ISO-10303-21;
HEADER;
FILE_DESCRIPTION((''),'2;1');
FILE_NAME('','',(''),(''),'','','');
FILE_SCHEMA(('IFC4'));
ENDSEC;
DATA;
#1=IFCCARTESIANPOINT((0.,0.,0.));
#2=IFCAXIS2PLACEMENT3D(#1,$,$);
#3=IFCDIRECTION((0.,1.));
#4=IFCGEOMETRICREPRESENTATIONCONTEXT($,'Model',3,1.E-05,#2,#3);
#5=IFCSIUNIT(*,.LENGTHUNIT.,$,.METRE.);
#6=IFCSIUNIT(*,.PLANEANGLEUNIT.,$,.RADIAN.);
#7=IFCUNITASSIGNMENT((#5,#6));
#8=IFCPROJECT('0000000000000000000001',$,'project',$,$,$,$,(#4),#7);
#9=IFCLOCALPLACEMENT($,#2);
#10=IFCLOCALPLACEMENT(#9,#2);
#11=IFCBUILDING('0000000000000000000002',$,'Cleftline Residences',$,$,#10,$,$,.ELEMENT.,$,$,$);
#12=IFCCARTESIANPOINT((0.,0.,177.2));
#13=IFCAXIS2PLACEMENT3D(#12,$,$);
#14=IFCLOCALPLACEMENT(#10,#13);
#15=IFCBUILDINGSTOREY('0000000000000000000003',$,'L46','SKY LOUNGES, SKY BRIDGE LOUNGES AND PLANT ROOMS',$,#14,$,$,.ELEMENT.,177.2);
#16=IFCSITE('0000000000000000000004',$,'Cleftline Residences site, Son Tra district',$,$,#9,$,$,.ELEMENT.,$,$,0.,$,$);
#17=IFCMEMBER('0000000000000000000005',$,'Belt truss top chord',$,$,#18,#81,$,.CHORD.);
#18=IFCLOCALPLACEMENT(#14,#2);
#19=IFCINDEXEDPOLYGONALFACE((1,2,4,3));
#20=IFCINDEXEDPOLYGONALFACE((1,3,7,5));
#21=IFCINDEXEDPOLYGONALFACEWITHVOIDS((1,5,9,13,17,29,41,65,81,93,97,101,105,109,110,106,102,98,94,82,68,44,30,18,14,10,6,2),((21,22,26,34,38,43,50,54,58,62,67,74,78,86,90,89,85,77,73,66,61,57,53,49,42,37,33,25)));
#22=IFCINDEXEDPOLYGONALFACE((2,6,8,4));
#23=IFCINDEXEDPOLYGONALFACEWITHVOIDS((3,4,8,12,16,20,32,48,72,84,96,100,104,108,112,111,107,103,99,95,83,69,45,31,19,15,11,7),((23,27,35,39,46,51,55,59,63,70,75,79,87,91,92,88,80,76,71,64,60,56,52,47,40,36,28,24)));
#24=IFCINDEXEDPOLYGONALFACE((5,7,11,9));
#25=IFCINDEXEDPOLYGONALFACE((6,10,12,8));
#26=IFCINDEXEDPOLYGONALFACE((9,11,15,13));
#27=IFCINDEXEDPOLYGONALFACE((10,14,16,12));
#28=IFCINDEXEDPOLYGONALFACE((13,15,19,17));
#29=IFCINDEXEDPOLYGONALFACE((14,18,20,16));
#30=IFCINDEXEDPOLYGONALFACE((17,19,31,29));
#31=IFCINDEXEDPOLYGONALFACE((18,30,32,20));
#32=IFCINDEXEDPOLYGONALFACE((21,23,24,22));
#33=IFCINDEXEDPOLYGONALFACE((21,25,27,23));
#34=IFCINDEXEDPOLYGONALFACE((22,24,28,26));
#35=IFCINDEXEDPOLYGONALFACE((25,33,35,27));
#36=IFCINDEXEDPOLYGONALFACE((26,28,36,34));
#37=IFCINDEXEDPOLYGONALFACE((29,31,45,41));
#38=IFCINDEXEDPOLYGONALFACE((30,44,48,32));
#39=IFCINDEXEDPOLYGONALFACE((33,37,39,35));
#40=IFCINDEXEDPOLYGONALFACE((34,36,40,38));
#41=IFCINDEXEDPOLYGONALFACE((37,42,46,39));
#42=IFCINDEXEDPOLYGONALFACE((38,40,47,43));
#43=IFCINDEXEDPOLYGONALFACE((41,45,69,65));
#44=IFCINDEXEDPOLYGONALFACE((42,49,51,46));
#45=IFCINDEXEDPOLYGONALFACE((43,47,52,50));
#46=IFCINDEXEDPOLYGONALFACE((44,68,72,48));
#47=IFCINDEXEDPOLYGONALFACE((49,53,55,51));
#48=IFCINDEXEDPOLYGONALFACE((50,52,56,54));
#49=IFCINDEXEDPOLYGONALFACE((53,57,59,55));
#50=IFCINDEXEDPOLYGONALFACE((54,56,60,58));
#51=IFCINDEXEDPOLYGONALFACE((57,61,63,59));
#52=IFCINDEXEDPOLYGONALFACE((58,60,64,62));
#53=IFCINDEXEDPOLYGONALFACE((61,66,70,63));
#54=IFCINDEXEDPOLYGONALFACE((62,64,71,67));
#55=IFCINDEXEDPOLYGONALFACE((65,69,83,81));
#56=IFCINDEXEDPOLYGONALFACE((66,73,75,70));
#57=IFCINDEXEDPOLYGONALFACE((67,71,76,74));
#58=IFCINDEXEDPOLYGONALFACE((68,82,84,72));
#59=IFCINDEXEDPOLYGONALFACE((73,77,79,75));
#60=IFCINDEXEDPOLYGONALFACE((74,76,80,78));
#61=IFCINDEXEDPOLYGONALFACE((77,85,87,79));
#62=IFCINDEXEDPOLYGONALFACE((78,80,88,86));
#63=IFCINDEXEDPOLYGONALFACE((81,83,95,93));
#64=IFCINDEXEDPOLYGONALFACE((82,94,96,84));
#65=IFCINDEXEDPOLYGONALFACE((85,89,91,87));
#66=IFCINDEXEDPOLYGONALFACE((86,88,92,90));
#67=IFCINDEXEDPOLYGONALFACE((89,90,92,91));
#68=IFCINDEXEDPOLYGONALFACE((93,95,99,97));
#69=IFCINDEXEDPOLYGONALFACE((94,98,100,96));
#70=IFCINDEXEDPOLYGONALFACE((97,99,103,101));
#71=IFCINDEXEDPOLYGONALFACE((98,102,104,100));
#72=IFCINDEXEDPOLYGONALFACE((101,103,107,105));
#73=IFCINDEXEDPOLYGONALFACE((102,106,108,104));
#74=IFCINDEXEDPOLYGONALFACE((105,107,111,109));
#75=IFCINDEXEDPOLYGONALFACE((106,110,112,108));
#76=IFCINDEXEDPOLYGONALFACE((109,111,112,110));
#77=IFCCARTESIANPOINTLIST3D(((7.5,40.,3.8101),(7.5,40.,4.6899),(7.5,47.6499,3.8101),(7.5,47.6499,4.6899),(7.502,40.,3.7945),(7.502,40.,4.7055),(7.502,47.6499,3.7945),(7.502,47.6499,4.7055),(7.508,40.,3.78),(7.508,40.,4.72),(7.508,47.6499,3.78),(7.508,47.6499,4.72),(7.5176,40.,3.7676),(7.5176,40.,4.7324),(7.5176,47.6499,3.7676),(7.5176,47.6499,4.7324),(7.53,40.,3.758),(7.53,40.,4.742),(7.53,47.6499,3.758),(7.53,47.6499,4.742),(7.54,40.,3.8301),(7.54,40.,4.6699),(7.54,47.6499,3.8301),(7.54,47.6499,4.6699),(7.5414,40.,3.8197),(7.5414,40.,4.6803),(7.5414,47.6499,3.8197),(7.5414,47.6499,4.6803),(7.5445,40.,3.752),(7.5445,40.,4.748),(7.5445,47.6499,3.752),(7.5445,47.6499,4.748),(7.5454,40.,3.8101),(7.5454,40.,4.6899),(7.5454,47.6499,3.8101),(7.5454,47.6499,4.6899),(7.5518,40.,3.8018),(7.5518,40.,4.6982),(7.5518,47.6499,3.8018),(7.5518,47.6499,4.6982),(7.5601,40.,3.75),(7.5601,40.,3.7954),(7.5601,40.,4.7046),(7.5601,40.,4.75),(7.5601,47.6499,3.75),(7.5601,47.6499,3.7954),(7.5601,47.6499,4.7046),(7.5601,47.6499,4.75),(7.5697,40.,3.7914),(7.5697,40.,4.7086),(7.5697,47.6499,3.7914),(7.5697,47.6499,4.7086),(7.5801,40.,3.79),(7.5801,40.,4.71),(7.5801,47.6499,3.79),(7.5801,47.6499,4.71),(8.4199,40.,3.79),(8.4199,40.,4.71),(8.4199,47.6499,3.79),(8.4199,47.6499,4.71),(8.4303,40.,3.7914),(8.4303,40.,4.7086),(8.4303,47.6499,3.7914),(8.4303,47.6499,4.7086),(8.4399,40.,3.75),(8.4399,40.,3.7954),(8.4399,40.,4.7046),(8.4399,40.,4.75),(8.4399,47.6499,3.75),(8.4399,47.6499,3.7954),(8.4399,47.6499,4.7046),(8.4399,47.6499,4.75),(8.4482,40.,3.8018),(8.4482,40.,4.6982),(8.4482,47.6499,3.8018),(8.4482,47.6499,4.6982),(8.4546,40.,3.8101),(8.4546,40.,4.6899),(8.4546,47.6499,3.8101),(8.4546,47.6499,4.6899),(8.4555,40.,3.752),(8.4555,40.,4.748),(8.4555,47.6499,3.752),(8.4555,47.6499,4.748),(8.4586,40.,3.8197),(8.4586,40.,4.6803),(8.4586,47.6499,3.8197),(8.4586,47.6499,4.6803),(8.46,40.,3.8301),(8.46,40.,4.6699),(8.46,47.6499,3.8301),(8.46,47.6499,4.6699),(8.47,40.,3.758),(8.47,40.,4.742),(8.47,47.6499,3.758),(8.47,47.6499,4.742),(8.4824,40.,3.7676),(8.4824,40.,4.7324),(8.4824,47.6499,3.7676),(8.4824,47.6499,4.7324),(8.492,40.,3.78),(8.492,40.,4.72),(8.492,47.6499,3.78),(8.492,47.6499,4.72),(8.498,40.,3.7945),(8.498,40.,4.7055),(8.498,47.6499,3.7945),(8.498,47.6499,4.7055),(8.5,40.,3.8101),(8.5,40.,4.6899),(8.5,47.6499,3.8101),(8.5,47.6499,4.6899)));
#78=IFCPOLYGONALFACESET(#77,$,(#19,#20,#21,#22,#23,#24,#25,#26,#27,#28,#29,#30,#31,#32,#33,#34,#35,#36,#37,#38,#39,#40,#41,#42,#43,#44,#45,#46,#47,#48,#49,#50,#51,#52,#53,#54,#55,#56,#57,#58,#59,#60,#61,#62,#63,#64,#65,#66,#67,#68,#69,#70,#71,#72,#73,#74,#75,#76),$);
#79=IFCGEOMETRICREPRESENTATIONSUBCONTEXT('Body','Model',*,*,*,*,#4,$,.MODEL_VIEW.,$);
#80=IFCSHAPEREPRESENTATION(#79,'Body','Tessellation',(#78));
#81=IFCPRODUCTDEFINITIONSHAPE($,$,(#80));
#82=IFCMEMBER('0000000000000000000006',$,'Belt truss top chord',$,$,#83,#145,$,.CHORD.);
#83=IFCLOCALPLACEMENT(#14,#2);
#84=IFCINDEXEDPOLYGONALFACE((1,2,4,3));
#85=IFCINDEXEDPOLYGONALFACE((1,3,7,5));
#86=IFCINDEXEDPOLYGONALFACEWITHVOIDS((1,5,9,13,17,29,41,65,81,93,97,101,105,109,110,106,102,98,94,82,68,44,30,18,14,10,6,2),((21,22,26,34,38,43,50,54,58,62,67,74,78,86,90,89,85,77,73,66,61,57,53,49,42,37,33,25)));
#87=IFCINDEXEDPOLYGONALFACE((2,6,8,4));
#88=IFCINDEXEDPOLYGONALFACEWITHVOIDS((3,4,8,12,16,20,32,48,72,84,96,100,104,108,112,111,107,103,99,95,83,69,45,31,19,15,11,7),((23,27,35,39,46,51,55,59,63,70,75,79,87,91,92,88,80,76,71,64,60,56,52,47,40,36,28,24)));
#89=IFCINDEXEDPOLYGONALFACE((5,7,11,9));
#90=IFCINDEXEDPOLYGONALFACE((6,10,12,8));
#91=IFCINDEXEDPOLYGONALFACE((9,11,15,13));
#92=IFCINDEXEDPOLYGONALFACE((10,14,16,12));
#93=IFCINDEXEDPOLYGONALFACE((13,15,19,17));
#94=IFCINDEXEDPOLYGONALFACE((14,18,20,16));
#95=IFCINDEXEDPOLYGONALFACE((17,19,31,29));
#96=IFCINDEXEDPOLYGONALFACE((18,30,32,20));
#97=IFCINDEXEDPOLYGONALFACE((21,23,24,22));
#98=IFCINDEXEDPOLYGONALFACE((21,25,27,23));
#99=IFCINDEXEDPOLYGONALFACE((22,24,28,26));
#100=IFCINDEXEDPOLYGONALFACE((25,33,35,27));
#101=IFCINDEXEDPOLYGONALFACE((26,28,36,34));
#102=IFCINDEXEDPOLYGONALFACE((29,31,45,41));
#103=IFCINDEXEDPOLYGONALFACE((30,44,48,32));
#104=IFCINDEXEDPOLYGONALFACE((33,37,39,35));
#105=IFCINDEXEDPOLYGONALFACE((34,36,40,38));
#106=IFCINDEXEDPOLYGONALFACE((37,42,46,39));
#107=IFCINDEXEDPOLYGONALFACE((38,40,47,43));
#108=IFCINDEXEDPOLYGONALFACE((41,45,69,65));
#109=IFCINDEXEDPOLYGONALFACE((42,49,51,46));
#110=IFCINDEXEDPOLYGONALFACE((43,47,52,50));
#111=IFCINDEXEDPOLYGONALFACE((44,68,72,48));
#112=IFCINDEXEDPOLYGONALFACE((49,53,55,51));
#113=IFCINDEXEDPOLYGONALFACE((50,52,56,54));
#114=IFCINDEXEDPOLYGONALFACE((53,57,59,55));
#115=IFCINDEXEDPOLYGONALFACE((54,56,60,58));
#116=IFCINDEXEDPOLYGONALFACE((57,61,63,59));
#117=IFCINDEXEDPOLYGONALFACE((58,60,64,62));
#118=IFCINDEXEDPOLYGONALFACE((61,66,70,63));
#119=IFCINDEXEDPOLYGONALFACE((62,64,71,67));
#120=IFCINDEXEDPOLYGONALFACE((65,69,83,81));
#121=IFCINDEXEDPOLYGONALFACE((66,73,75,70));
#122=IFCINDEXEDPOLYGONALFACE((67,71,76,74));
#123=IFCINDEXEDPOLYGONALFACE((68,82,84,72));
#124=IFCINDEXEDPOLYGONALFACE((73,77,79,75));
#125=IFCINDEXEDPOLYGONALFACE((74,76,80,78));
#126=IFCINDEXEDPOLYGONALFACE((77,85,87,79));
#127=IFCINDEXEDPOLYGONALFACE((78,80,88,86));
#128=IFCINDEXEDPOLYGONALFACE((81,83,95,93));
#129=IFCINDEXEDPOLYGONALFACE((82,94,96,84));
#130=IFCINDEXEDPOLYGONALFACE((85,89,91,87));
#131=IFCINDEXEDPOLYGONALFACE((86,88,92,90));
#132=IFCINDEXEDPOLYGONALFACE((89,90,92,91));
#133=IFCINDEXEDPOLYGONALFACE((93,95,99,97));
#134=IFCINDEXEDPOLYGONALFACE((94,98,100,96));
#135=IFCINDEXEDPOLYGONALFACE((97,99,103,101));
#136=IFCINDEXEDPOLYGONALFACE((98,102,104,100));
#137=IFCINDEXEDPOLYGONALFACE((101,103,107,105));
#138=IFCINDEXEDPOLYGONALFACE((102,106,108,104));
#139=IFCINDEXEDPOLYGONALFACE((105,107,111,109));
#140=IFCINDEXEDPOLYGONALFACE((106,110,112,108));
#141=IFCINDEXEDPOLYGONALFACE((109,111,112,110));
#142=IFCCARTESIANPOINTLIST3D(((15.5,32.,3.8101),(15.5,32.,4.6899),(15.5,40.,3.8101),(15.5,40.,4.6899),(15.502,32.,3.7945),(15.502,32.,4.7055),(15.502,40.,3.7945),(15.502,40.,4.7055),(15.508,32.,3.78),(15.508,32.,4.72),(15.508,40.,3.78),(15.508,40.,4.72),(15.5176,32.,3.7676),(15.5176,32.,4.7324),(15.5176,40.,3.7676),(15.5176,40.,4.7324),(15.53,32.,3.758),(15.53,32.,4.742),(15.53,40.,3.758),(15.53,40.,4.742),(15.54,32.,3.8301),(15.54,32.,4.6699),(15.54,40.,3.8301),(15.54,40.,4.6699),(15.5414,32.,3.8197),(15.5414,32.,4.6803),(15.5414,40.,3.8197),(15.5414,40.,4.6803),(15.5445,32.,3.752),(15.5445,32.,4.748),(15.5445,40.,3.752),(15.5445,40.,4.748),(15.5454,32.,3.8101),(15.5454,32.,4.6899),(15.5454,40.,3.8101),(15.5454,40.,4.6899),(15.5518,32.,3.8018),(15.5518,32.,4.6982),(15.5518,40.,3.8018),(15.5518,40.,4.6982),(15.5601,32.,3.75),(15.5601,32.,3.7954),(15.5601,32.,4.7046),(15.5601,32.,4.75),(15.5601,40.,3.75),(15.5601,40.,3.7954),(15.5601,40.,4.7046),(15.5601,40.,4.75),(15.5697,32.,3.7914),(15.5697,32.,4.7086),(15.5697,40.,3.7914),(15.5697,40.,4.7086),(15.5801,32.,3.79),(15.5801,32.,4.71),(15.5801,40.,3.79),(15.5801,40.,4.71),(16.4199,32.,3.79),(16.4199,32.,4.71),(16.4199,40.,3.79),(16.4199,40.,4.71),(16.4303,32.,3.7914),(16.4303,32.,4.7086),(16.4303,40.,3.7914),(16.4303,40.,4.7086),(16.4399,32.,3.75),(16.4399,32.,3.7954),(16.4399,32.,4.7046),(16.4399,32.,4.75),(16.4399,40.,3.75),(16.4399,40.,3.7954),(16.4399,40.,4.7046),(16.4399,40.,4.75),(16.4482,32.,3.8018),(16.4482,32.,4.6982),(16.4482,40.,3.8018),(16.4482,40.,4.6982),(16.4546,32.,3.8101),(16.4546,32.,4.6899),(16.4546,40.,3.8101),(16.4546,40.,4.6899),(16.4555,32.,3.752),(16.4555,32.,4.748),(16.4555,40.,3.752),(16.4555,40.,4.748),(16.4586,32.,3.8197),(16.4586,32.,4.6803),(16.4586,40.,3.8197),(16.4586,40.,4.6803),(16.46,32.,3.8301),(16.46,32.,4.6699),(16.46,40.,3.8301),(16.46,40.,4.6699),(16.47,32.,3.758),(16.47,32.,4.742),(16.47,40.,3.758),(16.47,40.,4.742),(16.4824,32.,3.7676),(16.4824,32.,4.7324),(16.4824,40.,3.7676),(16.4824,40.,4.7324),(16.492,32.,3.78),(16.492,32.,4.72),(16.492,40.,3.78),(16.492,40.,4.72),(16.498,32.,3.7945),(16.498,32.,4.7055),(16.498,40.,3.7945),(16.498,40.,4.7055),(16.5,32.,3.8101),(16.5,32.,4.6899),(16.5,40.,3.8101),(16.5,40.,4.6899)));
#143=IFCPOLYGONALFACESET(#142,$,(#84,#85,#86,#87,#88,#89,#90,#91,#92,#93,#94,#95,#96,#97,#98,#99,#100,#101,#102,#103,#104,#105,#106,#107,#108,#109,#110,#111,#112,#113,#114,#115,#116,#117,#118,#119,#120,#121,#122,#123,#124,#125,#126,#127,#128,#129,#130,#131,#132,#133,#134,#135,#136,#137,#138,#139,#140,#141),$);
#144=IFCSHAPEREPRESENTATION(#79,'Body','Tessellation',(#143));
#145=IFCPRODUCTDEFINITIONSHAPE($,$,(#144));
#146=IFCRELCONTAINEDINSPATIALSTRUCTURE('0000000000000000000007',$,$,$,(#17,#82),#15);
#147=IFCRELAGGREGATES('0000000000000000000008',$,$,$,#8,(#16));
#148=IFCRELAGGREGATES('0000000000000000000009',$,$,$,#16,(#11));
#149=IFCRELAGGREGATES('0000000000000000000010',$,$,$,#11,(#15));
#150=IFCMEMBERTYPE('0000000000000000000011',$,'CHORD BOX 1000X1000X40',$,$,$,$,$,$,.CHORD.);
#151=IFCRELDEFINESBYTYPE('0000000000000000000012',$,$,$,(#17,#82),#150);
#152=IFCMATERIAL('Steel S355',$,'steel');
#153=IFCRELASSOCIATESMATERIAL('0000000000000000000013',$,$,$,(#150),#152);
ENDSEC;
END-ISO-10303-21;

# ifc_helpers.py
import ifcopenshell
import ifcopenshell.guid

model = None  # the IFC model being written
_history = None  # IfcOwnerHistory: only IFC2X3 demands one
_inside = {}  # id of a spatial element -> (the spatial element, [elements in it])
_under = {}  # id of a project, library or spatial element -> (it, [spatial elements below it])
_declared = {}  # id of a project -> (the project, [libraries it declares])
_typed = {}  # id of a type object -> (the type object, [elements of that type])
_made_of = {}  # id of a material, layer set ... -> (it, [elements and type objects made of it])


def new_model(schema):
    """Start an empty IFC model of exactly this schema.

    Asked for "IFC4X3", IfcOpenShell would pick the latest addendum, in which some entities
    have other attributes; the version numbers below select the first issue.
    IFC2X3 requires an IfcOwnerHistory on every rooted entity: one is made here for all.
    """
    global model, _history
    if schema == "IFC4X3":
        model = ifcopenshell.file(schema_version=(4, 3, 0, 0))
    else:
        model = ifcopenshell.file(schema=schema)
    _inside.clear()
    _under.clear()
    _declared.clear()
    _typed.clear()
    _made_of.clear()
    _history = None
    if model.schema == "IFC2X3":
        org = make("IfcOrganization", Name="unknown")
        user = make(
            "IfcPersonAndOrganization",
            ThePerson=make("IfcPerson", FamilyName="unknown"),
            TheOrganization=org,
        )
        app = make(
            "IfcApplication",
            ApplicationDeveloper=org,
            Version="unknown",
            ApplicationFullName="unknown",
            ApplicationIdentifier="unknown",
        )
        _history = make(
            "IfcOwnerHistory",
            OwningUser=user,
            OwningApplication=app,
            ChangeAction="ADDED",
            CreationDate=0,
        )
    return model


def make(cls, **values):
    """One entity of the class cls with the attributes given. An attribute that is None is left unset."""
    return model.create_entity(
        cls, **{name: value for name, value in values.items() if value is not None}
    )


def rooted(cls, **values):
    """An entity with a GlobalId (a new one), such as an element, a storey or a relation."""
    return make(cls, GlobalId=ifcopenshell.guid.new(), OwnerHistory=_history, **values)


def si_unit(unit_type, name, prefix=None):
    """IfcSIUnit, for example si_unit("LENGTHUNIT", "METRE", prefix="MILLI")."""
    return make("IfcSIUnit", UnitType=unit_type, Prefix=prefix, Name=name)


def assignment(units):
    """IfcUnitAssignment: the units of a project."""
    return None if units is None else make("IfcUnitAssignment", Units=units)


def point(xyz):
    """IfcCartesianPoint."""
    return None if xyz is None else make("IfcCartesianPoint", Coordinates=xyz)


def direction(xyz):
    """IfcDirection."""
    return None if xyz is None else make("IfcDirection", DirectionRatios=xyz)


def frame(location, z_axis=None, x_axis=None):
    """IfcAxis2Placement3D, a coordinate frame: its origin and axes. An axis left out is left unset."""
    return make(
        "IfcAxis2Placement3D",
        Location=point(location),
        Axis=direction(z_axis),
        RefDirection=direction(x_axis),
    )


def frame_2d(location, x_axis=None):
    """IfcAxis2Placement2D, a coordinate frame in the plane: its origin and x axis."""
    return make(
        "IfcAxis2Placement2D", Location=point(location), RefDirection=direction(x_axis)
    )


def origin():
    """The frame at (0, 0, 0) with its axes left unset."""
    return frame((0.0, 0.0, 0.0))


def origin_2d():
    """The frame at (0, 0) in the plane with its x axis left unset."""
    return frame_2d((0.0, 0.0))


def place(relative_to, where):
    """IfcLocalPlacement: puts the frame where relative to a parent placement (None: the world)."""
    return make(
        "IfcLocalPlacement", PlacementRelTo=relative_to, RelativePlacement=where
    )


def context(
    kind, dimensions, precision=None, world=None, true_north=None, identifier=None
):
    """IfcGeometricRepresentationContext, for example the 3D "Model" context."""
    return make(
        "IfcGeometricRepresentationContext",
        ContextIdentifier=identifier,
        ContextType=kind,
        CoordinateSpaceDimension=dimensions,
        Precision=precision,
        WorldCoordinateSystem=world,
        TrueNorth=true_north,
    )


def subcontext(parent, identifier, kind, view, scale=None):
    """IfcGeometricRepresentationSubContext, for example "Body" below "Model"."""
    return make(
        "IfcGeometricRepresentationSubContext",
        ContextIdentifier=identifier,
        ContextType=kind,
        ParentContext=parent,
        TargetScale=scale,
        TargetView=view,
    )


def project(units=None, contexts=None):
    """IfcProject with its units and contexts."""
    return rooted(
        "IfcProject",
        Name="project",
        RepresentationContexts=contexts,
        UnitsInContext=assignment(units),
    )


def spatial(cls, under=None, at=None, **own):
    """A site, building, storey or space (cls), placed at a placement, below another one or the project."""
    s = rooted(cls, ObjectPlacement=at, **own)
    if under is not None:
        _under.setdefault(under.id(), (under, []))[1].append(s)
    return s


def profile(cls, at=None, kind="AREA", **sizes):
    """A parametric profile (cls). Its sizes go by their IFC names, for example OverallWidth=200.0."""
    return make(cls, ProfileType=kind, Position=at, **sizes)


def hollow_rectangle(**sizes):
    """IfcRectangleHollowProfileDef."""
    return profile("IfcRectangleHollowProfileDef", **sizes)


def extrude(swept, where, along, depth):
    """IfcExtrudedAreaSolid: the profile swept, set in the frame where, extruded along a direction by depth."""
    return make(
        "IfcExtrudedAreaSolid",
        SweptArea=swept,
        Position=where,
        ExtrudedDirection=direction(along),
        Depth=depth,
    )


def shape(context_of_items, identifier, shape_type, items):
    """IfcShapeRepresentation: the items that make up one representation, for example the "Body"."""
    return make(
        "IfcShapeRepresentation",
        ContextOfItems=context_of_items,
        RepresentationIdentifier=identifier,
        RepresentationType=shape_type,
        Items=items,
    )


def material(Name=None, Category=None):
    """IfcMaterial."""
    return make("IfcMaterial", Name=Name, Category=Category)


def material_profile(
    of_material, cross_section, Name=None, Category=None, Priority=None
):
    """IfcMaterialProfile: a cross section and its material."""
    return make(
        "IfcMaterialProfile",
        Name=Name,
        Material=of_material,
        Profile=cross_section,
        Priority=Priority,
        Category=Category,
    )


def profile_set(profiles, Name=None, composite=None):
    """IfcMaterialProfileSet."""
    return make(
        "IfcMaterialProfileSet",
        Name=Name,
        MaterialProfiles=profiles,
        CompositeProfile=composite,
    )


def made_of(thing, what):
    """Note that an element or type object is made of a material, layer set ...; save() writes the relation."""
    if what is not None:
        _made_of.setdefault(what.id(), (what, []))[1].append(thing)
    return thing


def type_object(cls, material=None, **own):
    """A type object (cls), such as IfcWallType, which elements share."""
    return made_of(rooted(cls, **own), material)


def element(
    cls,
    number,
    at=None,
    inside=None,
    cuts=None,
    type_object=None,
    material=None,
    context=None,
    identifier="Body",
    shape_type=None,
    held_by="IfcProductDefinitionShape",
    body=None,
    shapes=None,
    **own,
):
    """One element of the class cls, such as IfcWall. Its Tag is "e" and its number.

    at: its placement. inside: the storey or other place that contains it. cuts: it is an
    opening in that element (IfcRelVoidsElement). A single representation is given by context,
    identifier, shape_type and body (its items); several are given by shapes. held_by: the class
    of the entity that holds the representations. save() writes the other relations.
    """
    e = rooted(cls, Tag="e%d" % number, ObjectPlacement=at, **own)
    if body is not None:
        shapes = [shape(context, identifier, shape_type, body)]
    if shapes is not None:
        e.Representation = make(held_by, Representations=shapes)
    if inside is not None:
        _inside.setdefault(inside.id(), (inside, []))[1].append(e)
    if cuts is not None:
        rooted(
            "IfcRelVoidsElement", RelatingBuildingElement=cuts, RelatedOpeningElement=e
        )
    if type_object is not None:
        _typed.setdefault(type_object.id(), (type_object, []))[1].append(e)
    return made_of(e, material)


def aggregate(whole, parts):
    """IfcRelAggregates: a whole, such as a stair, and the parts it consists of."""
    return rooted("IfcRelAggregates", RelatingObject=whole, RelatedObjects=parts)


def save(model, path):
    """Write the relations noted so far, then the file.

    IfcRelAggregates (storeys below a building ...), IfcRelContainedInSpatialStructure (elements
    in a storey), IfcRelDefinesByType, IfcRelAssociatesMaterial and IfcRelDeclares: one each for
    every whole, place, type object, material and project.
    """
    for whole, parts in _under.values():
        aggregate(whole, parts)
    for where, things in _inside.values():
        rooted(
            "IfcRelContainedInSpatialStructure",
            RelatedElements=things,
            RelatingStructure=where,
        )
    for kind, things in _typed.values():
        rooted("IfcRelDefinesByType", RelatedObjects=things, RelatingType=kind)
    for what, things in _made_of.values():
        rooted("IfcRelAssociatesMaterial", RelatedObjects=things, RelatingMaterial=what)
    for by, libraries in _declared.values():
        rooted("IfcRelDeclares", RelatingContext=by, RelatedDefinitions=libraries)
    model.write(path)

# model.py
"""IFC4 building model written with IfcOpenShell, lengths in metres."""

from ifc_helpers import new_model, si_unit, direction, frame, origin, origin_2d, place, context, subcontext, project, spatial, hollow_rectangle, extrude, material, material_profile, profile_set, type_object, element, save


model = new_model("IFC4")

# Units and contexts
model_context = context("Model", 3, precision=1e-05, world=origin(), true_north=direction((0.0, 1.0)))
body_context = subcontext(model_context, "Body", "Model", "MODEL_VIEW")
ifc_project = project(units=[si_unit("LENGTHUNIT", "METRE"), si_unit("PLANEANGLEUNIT", "RADIAN")], contexts=[model_context])

# Site, building, storey
site_placement = place(None, origin())
site = spatial("IfcSite", under=ifc_project, at=site_placement, Name="Cleftline Residences site, Son Tra district", CompositionType="ELEMENT", RefElevation=0.0)
building_placement = place(site_placement, origin())
building = spatial("IfcBuilding", under=site, at=building_placement, Name="Cleftline Residences", CompositionType="ELEMENT")
storey_placement = place(building_placement, frame((0.0, 0.0, 177.2)))
storey = spatial("IfcBuildingStorey", under=building, at=storey_placement, Name="L46", Description="SKY LOUNGES, SKY BRIDGE LOUNGES AND PLANT ROOMS", CompositionType="ELEMENT", Elevation=177.2)

# Members
ifc_material_1 = material(Name="Steel S355", Category="steel")
ifc_material_profile_1 = material_profile(ifc_material_1, hollow_rectangle(XDim=1.0, YDim=1.0, WallThickness=0.04, InnerFilletRadius=0.04, OuterFilletRadius=0.0601, at=origin_2d()))
ifc_profile_set_1 = profile_set([ifc_material_profile_1], Name="Steel S355")
member_type_1 = type_object("IfcMemberType", Name="CHORD BOX 1000X1000X40", PredefinedType="CHORD", material=ifc_profile_set_1)
member_1_placement = place(storey_placement, frame((8.0, 40.0, 4.25), z_axis=(0.0, 1.0, 0.0), x_axis=(-1.0, 0.0, 0.0)))
element("IfcMember", 1, at=member_1_placement, inside=storey, type_object=member_type_1, Name="Belt truss top chord", PredefinedType="CHORD", context=body_context, shape_type="SweptSolid", body=[
    extrude(hollow_rectangle(XDim=1.0, YDim=1.0, WallThickness=0.04, InnerFilletRadius=0.04, OuterFilletRadius=0.0601, at=origin_2d()), origin(), (0.0, 0.0, 1.0), 7.6499),
])
for number, where, z_axis, x_axis, name in (
    (2, (16.0, 32.0, 4.25), (0.0, 1.0, 0.0), (-1.0, 0.0, 0.0), "Belt truss top chord"),
):
    element("IfcMember", number, at=place(storey_placement, frame(where, z_axis=z_axis, x_axis=x_axis)), inside=storey, type_object=member_type_1, Name=name, PredefinedType="CHORD", context=body_context, shape_type="SweptSolid", body=[
        extrude(hollow_rectangle(XDim=1.0, YDim=1.0, WallThickness=0.04, InnerFilletRadius=0.04, OuterFilletRadius=0.0601, at=origin_2d()), origin(), (0.0, 0.0, 1.0), 8.0),
    ])

save(model, "model.ifc")
